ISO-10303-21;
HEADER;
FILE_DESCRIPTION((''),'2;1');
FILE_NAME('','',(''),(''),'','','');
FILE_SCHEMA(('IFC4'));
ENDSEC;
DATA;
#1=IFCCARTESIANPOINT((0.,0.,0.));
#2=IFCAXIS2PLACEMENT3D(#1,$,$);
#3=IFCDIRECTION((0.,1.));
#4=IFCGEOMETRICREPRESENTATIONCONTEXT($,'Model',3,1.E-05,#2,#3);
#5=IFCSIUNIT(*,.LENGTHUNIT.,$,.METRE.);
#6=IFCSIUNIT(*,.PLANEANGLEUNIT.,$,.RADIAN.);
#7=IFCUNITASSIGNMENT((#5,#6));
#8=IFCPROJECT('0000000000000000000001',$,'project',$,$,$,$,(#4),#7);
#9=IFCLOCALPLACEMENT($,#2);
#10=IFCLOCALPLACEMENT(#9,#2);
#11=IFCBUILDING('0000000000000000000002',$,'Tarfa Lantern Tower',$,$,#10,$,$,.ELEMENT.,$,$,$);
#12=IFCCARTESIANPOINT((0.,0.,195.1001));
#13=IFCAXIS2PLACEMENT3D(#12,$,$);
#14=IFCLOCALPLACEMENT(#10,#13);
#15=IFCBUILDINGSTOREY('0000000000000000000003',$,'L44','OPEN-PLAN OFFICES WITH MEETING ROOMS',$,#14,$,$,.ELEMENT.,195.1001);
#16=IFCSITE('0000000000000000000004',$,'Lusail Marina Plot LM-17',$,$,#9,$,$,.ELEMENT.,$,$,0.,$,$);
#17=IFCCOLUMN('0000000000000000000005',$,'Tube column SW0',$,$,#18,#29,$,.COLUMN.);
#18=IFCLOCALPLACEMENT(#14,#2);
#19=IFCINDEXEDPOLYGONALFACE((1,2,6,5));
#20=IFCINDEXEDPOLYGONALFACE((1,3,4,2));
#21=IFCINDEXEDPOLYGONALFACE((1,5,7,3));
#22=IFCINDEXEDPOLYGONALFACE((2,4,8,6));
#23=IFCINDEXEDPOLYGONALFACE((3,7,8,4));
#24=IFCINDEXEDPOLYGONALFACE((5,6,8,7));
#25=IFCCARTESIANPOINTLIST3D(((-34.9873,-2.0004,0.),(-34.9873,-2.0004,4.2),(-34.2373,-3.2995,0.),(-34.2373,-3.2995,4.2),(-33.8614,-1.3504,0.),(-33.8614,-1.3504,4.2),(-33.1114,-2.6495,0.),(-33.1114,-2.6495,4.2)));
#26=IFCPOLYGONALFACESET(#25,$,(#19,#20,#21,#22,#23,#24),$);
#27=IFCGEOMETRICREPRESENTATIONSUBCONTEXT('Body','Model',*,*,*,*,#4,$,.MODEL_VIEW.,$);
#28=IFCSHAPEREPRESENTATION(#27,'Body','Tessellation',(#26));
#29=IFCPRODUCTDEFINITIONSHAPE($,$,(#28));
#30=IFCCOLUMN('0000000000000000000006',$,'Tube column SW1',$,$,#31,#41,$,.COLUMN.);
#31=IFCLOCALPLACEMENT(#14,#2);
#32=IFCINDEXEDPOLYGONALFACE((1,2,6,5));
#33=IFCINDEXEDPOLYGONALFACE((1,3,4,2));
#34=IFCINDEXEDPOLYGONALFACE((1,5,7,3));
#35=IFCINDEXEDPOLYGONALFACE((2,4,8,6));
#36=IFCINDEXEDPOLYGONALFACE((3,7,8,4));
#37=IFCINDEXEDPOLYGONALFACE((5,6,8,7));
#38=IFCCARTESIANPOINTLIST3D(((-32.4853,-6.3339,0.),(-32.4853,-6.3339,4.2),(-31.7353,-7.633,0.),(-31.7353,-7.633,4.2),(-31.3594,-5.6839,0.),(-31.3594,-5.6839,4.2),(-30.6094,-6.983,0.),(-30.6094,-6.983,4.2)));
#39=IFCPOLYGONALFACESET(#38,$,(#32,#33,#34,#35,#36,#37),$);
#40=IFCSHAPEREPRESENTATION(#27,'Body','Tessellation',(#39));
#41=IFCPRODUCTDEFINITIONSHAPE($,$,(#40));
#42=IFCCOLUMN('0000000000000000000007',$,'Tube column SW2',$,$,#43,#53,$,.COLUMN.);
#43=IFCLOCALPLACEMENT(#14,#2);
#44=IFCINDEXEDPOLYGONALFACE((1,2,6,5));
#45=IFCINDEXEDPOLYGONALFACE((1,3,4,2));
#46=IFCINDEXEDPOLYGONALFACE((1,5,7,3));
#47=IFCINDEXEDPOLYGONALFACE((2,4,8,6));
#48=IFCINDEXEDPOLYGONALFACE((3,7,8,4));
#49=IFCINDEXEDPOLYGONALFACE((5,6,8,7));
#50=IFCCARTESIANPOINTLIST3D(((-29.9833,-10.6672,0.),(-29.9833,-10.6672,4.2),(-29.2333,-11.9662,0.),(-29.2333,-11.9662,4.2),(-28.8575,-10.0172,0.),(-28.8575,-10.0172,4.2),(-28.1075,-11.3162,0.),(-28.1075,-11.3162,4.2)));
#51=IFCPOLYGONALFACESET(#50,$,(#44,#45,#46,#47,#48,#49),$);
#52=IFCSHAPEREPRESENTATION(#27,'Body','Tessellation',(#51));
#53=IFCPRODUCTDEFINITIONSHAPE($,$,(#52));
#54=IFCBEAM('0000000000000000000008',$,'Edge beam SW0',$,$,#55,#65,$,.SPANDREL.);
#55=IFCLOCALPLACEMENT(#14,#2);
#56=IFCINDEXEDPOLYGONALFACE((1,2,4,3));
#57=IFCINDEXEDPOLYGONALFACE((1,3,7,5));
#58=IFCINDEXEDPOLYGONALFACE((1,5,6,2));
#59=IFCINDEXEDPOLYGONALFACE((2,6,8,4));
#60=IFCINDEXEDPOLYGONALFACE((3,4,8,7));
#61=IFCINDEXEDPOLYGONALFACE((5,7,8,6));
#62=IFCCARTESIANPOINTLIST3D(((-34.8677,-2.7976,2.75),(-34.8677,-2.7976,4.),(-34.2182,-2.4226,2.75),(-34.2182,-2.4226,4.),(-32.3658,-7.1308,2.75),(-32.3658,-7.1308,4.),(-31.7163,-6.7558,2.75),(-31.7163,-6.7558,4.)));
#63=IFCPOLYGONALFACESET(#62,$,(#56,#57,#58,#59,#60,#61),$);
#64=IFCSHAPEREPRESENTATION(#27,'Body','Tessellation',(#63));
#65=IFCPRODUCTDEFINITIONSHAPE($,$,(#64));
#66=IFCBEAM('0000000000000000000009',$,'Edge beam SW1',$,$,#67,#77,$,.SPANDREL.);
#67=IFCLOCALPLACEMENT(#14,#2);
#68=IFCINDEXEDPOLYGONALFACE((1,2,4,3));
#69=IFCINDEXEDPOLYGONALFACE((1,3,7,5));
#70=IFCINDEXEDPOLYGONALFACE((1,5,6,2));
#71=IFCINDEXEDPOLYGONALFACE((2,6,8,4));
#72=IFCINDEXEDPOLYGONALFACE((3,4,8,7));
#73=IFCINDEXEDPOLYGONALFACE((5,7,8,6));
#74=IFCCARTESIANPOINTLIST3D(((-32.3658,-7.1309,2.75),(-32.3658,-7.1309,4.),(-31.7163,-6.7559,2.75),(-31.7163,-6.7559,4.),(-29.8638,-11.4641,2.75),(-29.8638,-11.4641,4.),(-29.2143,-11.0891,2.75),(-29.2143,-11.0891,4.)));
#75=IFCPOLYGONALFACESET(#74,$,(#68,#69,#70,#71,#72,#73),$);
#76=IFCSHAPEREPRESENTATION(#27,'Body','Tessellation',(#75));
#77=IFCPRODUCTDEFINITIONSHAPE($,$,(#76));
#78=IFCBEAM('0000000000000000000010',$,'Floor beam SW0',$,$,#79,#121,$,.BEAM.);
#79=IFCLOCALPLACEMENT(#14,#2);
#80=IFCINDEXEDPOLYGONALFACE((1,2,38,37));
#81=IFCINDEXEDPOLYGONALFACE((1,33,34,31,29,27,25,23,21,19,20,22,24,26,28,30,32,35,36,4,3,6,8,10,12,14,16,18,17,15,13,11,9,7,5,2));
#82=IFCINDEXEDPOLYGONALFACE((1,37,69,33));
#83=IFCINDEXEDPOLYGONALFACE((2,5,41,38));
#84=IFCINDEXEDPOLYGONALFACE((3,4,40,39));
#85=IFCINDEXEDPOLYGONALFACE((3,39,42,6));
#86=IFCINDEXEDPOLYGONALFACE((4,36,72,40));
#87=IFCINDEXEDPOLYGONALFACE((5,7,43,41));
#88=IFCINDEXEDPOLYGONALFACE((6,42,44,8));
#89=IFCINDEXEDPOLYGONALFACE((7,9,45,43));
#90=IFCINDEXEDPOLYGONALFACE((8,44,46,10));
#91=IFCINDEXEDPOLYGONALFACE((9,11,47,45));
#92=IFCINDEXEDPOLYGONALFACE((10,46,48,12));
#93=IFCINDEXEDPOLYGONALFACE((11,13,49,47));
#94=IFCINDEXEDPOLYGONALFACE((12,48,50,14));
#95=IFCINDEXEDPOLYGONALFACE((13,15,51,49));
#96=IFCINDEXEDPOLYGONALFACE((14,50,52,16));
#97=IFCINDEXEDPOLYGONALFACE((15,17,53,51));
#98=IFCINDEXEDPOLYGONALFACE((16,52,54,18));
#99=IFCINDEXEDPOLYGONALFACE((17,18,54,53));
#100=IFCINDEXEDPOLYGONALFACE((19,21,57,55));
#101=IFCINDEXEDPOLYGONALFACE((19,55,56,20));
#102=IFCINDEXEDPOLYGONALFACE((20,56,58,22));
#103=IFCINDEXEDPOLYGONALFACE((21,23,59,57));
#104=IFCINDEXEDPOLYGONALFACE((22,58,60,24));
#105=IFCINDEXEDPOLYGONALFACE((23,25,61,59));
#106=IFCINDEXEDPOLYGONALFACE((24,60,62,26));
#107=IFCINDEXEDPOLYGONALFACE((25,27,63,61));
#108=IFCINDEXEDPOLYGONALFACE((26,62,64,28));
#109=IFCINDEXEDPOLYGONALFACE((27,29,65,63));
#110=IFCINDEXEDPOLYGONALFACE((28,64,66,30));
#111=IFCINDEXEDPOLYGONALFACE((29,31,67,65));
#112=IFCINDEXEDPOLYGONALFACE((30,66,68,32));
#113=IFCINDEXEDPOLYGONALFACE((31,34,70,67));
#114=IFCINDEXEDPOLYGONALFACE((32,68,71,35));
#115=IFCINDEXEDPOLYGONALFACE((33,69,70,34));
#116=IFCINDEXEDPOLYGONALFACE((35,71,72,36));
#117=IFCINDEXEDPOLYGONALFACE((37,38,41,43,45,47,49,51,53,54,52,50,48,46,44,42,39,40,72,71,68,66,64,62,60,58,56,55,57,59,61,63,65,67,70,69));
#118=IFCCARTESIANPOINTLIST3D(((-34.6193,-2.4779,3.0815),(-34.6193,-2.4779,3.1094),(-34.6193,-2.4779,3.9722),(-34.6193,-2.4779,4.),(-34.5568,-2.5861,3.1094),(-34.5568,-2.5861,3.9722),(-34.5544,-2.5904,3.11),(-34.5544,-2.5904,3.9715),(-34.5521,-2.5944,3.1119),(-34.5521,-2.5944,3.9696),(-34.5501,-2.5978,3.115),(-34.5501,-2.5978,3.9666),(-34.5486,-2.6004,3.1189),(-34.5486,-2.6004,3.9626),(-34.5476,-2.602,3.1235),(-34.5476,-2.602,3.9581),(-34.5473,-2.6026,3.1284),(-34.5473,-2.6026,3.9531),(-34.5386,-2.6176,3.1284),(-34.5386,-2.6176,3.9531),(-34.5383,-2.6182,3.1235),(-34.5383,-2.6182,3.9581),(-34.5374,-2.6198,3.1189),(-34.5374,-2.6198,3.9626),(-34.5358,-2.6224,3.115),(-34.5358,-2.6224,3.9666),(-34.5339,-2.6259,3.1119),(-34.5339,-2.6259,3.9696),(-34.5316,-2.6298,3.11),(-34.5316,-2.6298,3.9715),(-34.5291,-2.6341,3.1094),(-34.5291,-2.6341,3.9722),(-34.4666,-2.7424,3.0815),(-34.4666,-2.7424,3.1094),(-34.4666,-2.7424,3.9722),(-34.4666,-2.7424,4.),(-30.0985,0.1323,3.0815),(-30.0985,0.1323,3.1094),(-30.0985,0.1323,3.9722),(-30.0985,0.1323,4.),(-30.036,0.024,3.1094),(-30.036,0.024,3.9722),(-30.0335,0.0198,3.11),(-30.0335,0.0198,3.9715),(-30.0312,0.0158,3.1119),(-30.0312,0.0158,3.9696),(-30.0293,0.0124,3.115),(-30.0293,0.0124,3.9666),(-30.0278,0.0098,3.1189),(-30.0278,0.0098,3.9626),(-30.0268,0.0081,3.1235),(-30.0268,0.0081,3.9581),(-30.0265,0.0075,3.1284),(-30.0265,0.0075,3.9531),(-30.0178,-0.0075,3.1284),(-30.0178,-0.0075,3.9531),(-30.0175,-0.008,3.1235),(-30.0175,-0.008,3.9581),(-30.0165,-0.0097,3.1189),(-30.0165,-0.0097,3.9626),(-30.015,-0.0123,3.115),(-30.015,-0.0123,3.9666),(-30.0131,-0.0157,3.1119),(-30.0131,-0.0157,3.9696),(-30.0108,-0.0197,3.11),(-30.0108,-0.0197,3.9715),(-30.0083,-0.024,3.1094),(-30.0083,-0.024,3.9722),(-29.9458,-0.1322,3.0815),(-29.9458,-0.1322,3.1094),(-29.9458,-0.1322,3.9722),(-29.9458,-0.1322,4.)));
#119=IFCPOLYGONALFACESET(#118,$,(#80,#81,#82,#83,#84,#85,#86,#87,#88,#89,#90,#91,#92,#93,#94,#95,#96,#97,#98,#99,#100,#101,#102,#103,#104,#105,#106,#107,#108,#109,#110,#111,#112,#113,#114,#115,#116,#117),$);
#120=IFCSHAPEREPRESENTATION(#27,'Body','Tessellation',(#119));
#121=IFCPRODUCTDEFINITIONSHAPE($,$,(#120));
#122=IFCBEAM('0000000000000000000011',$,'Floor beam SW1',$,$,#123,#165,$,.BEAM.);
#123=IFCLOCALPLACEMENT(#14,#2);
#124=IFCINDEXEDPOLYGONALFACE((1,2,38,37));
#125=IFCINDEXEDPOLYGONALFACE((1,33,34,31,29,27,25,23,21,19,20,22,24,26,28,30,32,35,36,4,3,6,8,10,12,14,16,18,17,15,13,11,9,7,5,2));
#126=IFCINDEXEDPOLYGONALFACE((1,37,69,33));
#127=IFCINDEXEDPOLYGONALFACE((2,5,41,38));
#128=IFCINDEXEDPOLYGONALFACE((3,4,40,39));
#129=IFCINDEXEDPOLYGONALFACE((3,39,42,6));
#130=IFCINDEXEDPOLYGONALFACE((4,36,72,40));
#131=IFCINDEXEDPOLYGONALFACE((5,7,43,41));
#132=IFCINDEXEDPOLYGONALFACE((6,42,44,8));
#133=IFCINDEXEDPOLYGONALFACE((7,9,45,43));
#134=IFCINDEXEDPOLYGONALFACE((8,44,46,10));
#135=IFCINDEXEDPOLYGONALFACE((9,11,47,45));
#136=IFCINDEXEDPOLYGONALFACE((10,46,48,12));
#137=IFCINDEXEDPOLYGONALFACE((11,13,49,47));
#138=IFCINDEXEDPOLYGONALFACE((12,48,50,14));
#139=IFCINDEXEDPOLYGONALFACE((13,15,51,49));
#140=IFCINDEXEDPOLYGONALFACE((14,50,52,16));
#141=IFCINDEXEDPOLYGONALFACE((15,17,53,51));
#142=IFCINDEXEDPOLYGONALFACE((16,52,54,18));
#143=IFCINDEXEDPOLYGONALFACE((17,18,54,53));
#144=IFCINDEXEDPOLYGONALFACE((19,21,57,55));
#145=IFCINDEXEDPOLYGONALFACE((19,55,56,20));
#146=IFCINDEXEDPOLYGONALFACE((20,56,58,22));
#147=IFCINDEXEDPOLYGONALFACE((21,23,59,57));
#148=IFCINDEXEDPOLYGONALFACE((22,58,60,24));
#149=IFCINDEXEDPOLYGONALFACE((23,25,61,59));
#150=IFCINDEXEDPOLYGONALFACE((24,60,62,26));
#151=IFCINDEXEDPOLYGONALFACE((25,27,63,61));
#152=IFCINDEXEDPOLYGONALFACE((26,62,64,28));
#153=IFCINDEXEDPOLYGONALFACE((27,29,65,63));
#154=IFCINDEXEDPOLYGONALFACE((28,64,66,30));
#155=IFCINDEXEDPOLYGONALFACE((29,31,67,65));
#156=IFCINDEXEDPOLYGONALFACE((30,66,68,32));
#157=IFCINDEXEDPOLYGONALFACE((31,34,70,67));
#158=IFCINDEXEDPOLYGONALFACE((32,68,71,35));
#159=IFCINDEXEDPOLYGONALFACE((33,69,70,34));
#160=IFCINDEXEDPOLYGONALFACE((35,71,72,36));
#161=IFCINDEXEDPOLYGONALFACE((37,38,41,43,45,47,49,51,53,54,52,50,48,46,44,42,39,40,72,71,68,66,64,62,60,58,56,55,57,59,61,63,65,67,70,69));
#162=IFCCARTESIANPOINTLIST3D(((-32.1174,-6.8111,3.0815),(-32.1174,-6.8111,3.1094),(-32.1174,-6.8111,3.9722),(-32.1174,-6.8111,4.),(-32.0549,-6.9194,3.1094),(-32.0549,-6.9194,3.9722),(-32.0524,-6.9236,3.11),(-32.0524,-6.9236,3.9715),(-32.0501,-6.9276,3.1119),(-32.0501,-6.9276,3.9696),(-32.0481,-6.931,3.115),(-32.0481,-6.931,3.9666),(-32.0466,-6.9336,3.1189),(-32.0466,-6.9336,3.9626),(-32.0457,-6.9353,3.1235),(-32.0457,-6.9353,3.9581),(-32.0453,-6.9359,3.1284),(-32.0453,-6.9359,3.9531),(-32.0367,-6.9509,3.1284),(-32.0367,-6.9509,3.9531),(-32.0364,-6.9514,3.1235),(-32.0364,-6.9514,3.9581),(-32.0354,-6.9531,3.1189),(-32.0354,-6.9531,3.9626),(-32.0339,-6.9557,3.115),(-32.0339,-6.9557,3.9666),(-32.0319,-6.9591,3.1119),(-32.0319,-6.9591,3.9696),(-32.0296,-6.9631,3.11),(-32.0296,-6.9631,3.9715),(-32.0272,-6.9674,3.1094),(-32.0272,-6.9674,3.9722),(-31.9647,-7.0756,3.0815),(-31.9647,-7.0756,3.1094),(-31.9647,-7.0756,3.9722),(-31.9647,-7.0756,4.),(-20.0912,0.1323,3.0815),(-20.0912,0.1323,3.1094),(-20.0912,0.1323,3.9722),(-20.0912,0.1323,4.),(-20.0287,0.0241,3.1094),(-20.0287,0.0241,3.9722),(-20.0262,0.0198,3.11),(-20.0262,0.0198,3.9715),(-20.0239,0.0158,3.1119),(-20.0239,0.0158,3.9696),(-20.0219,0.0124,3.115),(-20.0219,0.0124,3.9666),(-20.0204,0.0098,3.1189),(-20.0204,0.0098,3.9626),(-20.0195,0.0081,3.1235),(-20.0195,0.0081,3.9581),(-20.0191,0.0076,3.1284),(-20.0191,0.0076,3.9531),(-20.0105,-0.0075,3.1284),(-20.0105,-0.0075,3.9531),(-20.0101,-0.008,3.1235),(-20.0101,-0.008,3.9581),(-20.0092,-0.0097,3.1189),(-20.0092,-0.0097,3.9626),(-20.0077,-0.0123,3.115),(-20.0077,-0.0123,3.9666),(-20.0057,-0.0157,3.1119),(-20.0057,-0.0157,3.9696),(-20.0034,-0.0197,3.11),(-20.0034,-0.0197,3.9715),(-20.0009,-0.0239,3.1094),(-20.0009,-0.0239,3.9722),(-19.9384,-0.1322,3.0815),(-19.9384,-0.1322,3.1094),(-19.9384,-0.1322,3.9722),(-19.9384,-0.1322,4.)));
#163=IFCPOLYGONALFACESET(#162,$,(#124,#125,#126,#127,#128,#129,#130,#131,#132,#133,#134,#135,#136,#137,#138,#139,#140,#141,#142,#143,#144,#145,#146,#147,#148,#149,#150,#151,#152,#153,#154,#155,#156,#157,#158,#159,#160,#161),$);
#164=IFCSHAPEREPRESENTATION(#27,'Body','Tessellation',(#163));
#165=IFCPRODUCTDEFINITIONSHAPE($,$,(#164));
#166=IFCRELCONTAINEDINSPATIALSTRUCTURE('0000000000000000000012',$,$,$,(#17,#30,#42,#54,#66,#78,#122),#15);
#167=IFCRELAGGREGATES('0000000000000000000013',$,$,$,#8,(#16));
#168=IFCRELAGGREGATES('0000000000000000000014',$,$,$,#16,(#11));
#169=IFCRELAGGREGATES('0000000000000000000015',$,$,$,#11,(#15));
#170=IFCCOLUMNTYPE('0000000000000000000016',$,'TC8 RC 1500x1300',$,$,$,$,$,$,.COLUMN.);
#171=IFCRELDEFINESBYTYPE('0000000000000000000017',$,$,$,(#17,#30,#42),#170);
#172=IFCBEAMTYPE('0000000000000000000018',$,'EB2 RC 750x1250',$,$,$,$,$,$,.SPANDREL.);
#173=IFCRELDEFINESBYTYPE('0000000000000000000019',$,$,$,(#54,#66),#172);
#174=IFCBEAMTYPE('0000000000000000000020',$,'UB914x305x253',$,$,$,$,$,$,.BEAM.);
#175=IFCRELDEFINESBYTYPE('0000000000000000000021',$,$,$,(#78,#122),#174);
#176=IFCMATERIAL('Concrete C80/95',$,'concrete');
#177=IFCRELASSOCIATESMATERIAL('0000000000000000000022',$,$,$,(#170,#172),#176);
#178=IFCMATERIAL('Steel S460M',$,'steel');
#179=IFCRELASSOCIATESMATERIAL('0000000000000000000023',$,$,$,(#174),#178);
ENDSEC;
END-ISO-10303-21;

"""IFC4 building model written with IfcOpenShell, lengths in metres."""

from ifc_helpers import new_model, si_unit, direction, frame, origin, origin_2d, place, context, subcontext, project, spatial, rectangle, i_section, extrude, material, material_profile, profile_set, type_object, element, save


model = new_model("IFC4")

# Units and contexts
model_context = context("Model", 3, precision=1e-05, world=origin(), true_north=direction((0.0, 1.0)))
body_context = subcontext(model_context, "Body", "Model", "MODEL_VIEW")
ifc_project = project(units=[si_unit("LENGTHUNIT", "METRE"), si_unit("PLANEANGLEUNIT", "RADIAN")], contexts=[model_context])

# Site, building, storey
site_placement = place(None, origin())
site = spatial("IfcSite", under=ifc_project, at=site_placement, Name="Lusail Marina Plot LM-17", CompositionType="ELEMENT", RefElevation=0.0)
building_placement = place(site_placement, origin())
building = spatial("IfcBuilding", under=site, at=building_placement, Name="Tarfa Lantern Tower", CompositionType="ELEMENT")
storey_placement = place(building_placement, frame((0.0, 0.0, 195.1001)))
storey = spatial("IfcBuildingStorey", under=building, at=storey_placement, Name="L44", Description="OPEN-PLAN OFFICES WITH MEETING ROOMS", CompositionType="ELEMENT", Elevation=195.1001)

# Columns
ifc_material_1 = material(Name="Concrete C80/95", Category="concrete")
ifc_material_profile_1 = material_profile(ifc_material_1, rectangle(XDim=1.5, YDim=1.3, at=origin_2d()), Name="RC 1500x1300")
ifc_profile_set_1 = profile_set([ifc_material_profile_1], Name="Concrete C80/95")
column_type = type_object("IfcColumnType", Name="TC8 RC 1500x1300", PredefinedType="COLUMN", material=ifc_profile_set_1)
for number, where, z_axis, x_axis, name in (
    (1, (-34.0493, -2.325, 0.0), (0.0, 0.0, 1.0), (0.5, -0.866025, 0.0), "Tube column SW0"),
    (2, (-31.5474, -6.6584, 0.0), (0.0, 0.0, 1.0), (0.5, -0.866025, 0.0), "Tube column SW1"),
    (3, (-29.0454, -10.9917, 0.0), (0.0, 0.0, 1.0), (0.5, -0.866025, 0.0), "Tube column SW2"),
):
    element("IfcColumn", number, at=place(storey_placement, frame(where, z_axis=z_axis, x_axis=x_axis)), inside=storey, type_object=column_type, Name=name, PredefinedType="COLUMN", context=body_context, shape_type="SweptSolid", body=[
        extrude(rectangle(XDim=1.5, YDim=1.3, at=origin_2d()), origin(), (0.0, 0.0, 1.0), 4.2),
    ])

# Beams
ifc_material_profile_2 = material_profile(ifc_material_1, rectangle(XDim=0.75, YDim=1.25, at=origin_2d()), Name="RC 750x1250")
ifc_profile_set_2 = profile_set([ifc_material_profile_2], Name="Concrete C80/95")
beam_type_1 = type_object("IfcBeamType", Name="EB2 RC 750x1250", PredefinedType="SPANDREL", material=ifc_profile_set_2)
for number, where, z_axis, x_axis, name in (
    (4, (-34.543, -2.6101, 3.375), (0.500022, -0.866013, 0.0), (0.866013, 0.500022, 0.0), "Edge beam SW0"),
    (5, (-32.041, -6.9434, 3.375), (0.500022, -0.866013, 0.0), (0.866013, 0.500022, 0.0), "Edge beam SW1"),
):
    element("IfcBeam", number, at=place(storey_placement, frame(where, z_axis=z_axis, x_axis=x_axis)), inside=storey, type_object=beam_type_1, Name=name, PredefinedType="SPANDREL", context=body_context, shape_type="SweptSolid", body=[
        extrude(rectangle(XDim=0.75, YDim=1.25, at=origin_2d()), origin(), (0.0, 0.0, 1.0), 5.0037),
    ])
ifc_material_2 = material(Name="Steel S460M", Category="steel")
ifc_material_profile_3 = material_profile(ifc_material_2, i_section(OverallWidth=0.3054, OverallDepth=0.9185, WebThickness=0.0173, FlangeThickness=0.0278, FilletRadius=0.019, at=origin_2d()), Name="UB914x305x253")
ifc_profile_set_3 = profile_set([ifc_material_profile_3], Name="Steel S460M")
beam_type_2 = type_object("IfcBeamType", Name="UB914x305x253", PredefinedType="BEAM", material=ifc_profile_set_3)
beam_1_placement = place(storey_placement, frame((-34.543, -2.6101, 3.5408), z_axis=(0.866021, 0.500007, 0.0), x_axis=(-0.500007, 0.866021, 0.0)))
element("IfcBeam", 6, at=beam_1_placement, inside=storey, type_object=beam_type_2, Name="Floor beam SW0", PredefinedType="BEAM", context=body_context, shape_type="SweptSolid", body=[
    extrude(i_section(OverallWidth=0.3054, OverallDepth=0.9185, WebThickness=0.0173, FlangeThickness=0.0278, FilletRadius=0.019, at=origin_2d()), origin(), (0.0, 0.0, 1.0), 5.2202),
])
beam_2_placement = place(storey_placement, frame((-32.041, -6.9434, 3.5408), z_axis=(0.866023, 0.500004, 0.0), x_axis=(-0.500004, 0.866023, 0.0)))
element("IfcBeam", 7, at=beam_2_placement, inside=storey, type_object=beam_type_2, Name="Floor beam SW1", PredefinedType="BEAM", context=body_context, shape_type="SweptSolid", body=[
    extrude(i_section(OverallWidth=0.3054, OverallDepth=0.9185, WebThickness=0.0173, FlangeThickness=0.0278, FilletRadius=0.019, at=origin_2d()), origin(), (0.0, 0.0, 1.0), 13.8867),
])

save(model, "model.ifc")
